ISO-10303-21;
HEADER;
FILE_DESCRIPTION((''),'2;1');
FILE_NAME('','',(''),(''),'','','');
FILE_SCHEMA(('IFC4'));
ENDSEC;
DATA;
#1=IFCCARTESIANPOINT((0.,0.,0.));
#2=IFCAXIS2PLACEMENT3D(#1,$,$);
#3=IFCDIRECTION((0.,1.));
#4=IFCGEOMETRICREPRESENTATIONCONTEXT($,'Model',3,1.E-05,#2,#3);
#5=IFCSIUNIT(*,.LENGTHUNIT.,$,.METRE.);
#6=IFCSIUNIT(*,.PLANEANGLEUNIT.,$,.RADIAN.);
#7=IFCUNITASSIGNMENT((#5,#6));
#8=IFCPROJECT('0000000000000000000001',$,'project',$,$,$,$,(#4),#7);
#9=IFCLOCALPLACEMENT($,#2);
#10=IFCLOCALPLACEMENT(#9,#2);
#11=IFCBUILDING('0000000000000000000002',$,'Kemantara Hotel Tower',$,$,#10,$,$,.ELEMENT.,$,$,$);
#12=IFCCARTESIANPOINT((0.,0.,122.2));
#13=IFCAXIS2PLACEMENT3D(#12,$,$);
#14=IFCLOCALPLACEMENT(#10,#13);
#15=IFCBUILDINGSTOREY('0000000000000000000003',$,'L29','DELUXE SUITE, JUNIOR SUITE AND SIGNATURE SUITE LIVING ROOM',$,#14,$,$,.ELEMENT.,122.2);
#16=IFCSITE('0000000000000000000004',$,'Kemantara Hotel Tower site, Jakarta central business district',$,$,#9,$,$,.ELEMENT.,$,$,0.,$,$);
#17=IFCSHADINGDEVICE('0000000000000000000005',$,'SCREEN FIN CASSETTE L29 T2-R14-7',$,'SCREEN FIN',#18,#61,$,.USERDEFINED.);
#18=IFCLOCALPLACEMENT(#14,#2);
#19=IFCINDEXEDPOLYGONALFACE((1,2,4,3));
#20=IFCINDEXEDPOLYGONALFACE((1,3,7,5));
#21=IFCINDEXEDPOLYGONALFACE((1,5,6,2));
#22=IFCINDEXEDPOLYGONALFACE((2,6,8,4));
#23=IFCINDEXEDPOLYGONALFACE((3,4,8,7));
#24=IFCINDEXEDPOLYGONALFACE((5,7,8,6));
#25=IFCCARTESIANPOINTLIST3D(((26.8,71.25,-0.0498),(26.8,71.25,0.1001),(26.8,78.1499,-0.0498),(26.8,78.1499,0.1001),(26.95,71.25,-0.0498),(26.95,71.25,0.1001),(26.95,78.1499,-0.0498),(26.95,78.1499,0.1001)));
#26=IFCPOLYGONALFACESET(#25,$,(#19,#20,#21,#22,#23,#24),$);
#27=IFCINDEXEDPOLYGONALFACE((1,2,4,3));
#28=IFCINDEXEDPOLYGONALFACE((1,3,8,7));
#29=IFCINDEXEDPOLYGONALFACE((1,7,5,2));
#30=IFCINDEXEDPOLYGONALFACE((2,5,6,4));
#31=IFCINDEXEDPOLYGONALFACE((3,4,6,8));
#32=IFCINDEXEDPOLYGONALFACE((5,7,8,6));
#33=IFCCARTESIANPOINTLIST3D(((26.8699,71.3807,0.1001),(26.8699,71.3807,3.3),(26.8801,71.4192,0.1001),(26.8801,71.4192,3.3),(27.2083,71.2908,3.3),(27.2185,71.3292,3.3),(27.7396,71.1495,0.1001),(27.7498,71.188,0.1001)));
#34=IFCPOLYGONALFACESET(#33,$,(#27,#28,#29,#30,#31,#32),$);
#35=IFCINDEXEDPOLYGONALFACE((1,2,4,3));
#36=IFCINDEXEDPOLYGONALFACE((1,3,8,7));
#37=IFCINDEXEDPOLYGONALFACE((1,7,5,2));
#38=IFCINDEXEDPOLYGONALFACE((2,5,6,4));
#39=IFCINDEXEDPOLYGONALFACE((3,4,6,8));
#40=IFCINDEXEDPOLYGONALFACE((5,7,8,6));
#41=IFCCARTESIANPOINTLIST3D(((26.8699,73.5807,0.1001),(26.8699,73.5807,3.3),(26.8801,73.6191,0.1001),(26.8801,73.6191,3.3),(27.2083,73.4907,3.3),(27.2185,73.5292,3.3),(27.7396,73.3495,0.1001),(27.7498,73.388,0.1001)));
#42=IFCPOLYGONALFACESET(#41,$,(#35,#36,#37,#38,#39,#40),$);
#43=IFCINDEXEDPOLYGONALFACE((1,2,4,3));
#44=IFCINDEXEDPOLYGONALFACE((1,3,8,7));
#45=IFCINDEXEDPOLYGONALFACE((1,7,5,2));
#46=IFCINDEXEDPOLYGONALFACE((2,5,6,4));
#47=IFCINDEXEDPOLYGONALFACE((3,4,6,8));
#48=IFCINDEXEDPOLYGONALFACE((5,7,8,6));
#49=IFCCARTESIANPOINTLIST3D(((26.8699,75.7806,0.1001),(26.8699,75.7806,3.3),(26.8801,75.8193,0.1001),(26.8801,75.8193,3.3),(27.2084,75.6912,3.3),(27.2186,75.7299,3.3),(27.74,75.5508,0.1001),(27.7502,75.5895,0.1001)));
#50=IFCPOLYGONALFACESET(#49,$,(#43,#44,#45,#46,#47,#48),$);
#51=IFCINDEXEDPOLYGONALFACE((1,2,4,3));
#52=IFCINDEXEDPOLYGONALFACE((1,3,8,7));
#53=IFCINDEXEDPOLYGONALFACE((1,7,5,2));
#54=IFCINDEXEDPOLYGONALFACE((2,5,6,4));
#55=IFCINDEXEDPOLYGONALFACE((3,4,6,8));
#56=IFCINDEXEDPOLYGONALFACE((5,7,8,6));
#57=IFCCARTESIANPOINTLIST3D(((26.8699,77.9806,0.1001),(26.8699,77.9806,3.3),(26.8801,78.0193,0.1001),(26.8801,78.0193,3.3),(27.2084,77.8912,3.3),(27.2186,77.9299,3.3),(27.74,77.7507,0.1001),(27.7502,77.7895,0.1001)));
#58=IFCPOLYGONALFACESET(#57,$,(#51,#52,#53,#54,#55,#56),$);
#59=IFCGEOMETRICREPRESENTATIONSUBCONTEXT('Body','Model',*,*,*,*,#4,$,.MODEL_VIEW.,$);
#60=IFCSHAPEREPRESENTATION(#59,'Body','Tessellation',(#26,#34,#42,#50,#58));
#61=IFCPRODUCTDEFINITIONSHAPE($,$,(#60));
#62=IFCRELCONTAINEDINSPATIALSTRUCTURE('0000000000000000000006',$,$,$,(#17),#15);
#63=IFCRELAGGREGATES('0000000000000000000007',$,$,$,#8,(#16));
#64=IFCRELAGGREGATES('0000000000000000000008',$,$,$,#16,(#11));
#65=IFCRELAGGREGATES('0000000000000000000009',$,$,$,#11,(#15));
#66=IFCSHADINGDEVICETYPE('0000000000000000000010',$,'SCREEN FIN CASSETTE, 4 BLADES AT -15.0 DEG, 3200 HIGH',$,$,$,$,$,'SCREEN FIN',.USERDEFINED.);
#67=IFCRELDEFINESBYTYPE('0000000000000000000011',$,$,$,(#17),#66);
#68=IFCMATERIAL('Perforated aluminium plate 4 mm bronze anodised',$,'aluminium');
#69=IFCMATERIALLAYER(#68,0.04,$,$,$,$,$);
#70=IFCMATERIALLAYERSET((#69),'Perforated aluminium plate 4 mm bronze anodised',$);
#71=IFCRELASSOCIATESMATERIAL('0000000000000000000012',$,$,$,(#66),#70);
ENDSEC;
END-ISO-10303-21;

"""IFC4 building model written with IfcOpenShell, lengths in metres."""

from ifc_helpers import new_model, si_unit, direction, frame, origin, origin_2d, place, context, subcontext, project, spatial, polyline, rectangle, outline, extrude, source, transform, mapped, material, layer, layer_set, type_object, element, save


model = new_model("IFC4")

# Units and contexts
model_context = context("Model", 3, precision=1e-05, world=origin(), true_north=direction((0.0, 1.0)))
body_context = subcontext(model_context, "Body", "Model", "MODEL_VIEW")
ifc_project = project(units=[si_unit("LENGTHUNIT", "METRE"), si_unit("PLANEANGLEUNIT", "RADIAN")], contexts=[model_context])

# Site, building, storey
site_placement = place(None, origin())
site = spatial("IfcSite", under=ifc_project, at=site_placement, Name="Kemantara Hotel Tower site, Jakarta central business district", CompositionType="ELEMENT", RefElevation=0.0)
building_placement = place(site_placement, origin())
building = spatial("IfcBuilding", under=site, at=building_placement, Name="Kemantara Hotel Tower", CompositionType="ELEMENT")
storey_placement = place(building_placement, frame((0.0, 0.0, 122.2)))
storey = spatial("IfcBuildingStorey", under=building, at=storey_placement, Name="L29", Description="DELUXE SUITE, JUNIOR SUITE AND SIGNATURE SUITE LIVING ROOM", CompositionType="ELEMENT", Elevation=122.2)

# Shading device
ifc_material_1 = material(Name="Perforated aluminium plate 4 mm bronze anodised", Category="aluminium")
ifc_layer_1 = layer(ifc_material_1, 0.04)
ifc_layer_set_1 = layer_set([ifc_layer_1], Name="Perforated aluminium plate 4 mm bronze anodised")
shading_device_type_1 = type_object("IfcShadingDeviceType", Name="SCREEN FIN CASSETTE, 4 BLADES AT -15.0 DEG, 3200 HIGH", ElementType="SCREEN FIN", PredefinedType="USERDEFINED", material=ifc_layer_set_1)
shared_shape_1 = source(origin(), body_context, "Body", "SweptSolid", [
    extrude(rectangle(XDim=6.8999, YDim=0.1499, at=origin_2d()), frame((3.3, -0.075, -0.1499), z_axis=(0.0, 0.0, 1.0), x_axis=(1.0, 0.0, 0.0)), (0.0, 0.0, 1.0), 0.1499),
    extrude(outline(polyline([(0.0, 0.0), (0.8999, 0.0), (0.3501, 3.2), (0.0, 3.2), (0.0, 0.0)])), frame((0.0193, -0.0801, 0.0), z_axis=(-0.966438, 0.256901, 0.0), x_axis=(-0.256901, -0.966438, 0.0)), (0.0, 0.0, 1.0), 0.0398),
    extrude(outline(polyline([(0.0, 0.0), (0.8999, 0.0), (0.3501, 3.2), (0.0, 3.2), (0.0, 0.0)])), frame((2.2192, -0.0801, 0.0), z_axis=(-0.966438, 0.256901, 0.0), x_axis=(-0.256901, -0.966438, 0.0)), (0.0, 0.0, 1.0), 0.0398),
    extrude(outline(polyline([(0.0, 0.0), (0.8999, 0.0), (0.3501, 3.2), (0.0, 3.2), (0.0, 0.0)])), frame((4.4194, -0.0801, 0.0), z_axis=(-0.966838, 0.255391, 0.0), x_axis=(-0.255391, -0.966838, 0.0)), (0.0, 0.0, 1.0), 0.04),
    extrude(outline(polyline([(0.0, 0.0), (0.8999, 0.0), (0.3501, 3.2), (0.0, 3.2), (0.0, 0.0)])), frame((6.6194, -0.0801, 0.0), z_axis=(-0.966838, 0.255391, 0.0), x_axis=(-0.255391, -0.966838, 0.0)), (0.0, 0.0, 1.0), 0.04),
])
shading_device_1_placement = place(storey_placement, frame((26.8, 71.3999, 0.1001), z_axis=(0.0, 0.0, 1.0), x_axis=(0.0, 1.0, 0.0)))
element("IfcShadingDevice", 1, at=shading_device_1_placement, inside=storey, type_object=shading_device_type_1, Name="SCREEN FIN CASSETTE L29 T2-R14-7", ObjectType="SCREEN FIN", PredefinedType="USERDEFINED", context=body_context, shape_type="MappedRepresentation", body=[
    mapped(shared_shape_1, transform((0.0, 0.0, 0.0))),
])

save(model, "model.ifc")
